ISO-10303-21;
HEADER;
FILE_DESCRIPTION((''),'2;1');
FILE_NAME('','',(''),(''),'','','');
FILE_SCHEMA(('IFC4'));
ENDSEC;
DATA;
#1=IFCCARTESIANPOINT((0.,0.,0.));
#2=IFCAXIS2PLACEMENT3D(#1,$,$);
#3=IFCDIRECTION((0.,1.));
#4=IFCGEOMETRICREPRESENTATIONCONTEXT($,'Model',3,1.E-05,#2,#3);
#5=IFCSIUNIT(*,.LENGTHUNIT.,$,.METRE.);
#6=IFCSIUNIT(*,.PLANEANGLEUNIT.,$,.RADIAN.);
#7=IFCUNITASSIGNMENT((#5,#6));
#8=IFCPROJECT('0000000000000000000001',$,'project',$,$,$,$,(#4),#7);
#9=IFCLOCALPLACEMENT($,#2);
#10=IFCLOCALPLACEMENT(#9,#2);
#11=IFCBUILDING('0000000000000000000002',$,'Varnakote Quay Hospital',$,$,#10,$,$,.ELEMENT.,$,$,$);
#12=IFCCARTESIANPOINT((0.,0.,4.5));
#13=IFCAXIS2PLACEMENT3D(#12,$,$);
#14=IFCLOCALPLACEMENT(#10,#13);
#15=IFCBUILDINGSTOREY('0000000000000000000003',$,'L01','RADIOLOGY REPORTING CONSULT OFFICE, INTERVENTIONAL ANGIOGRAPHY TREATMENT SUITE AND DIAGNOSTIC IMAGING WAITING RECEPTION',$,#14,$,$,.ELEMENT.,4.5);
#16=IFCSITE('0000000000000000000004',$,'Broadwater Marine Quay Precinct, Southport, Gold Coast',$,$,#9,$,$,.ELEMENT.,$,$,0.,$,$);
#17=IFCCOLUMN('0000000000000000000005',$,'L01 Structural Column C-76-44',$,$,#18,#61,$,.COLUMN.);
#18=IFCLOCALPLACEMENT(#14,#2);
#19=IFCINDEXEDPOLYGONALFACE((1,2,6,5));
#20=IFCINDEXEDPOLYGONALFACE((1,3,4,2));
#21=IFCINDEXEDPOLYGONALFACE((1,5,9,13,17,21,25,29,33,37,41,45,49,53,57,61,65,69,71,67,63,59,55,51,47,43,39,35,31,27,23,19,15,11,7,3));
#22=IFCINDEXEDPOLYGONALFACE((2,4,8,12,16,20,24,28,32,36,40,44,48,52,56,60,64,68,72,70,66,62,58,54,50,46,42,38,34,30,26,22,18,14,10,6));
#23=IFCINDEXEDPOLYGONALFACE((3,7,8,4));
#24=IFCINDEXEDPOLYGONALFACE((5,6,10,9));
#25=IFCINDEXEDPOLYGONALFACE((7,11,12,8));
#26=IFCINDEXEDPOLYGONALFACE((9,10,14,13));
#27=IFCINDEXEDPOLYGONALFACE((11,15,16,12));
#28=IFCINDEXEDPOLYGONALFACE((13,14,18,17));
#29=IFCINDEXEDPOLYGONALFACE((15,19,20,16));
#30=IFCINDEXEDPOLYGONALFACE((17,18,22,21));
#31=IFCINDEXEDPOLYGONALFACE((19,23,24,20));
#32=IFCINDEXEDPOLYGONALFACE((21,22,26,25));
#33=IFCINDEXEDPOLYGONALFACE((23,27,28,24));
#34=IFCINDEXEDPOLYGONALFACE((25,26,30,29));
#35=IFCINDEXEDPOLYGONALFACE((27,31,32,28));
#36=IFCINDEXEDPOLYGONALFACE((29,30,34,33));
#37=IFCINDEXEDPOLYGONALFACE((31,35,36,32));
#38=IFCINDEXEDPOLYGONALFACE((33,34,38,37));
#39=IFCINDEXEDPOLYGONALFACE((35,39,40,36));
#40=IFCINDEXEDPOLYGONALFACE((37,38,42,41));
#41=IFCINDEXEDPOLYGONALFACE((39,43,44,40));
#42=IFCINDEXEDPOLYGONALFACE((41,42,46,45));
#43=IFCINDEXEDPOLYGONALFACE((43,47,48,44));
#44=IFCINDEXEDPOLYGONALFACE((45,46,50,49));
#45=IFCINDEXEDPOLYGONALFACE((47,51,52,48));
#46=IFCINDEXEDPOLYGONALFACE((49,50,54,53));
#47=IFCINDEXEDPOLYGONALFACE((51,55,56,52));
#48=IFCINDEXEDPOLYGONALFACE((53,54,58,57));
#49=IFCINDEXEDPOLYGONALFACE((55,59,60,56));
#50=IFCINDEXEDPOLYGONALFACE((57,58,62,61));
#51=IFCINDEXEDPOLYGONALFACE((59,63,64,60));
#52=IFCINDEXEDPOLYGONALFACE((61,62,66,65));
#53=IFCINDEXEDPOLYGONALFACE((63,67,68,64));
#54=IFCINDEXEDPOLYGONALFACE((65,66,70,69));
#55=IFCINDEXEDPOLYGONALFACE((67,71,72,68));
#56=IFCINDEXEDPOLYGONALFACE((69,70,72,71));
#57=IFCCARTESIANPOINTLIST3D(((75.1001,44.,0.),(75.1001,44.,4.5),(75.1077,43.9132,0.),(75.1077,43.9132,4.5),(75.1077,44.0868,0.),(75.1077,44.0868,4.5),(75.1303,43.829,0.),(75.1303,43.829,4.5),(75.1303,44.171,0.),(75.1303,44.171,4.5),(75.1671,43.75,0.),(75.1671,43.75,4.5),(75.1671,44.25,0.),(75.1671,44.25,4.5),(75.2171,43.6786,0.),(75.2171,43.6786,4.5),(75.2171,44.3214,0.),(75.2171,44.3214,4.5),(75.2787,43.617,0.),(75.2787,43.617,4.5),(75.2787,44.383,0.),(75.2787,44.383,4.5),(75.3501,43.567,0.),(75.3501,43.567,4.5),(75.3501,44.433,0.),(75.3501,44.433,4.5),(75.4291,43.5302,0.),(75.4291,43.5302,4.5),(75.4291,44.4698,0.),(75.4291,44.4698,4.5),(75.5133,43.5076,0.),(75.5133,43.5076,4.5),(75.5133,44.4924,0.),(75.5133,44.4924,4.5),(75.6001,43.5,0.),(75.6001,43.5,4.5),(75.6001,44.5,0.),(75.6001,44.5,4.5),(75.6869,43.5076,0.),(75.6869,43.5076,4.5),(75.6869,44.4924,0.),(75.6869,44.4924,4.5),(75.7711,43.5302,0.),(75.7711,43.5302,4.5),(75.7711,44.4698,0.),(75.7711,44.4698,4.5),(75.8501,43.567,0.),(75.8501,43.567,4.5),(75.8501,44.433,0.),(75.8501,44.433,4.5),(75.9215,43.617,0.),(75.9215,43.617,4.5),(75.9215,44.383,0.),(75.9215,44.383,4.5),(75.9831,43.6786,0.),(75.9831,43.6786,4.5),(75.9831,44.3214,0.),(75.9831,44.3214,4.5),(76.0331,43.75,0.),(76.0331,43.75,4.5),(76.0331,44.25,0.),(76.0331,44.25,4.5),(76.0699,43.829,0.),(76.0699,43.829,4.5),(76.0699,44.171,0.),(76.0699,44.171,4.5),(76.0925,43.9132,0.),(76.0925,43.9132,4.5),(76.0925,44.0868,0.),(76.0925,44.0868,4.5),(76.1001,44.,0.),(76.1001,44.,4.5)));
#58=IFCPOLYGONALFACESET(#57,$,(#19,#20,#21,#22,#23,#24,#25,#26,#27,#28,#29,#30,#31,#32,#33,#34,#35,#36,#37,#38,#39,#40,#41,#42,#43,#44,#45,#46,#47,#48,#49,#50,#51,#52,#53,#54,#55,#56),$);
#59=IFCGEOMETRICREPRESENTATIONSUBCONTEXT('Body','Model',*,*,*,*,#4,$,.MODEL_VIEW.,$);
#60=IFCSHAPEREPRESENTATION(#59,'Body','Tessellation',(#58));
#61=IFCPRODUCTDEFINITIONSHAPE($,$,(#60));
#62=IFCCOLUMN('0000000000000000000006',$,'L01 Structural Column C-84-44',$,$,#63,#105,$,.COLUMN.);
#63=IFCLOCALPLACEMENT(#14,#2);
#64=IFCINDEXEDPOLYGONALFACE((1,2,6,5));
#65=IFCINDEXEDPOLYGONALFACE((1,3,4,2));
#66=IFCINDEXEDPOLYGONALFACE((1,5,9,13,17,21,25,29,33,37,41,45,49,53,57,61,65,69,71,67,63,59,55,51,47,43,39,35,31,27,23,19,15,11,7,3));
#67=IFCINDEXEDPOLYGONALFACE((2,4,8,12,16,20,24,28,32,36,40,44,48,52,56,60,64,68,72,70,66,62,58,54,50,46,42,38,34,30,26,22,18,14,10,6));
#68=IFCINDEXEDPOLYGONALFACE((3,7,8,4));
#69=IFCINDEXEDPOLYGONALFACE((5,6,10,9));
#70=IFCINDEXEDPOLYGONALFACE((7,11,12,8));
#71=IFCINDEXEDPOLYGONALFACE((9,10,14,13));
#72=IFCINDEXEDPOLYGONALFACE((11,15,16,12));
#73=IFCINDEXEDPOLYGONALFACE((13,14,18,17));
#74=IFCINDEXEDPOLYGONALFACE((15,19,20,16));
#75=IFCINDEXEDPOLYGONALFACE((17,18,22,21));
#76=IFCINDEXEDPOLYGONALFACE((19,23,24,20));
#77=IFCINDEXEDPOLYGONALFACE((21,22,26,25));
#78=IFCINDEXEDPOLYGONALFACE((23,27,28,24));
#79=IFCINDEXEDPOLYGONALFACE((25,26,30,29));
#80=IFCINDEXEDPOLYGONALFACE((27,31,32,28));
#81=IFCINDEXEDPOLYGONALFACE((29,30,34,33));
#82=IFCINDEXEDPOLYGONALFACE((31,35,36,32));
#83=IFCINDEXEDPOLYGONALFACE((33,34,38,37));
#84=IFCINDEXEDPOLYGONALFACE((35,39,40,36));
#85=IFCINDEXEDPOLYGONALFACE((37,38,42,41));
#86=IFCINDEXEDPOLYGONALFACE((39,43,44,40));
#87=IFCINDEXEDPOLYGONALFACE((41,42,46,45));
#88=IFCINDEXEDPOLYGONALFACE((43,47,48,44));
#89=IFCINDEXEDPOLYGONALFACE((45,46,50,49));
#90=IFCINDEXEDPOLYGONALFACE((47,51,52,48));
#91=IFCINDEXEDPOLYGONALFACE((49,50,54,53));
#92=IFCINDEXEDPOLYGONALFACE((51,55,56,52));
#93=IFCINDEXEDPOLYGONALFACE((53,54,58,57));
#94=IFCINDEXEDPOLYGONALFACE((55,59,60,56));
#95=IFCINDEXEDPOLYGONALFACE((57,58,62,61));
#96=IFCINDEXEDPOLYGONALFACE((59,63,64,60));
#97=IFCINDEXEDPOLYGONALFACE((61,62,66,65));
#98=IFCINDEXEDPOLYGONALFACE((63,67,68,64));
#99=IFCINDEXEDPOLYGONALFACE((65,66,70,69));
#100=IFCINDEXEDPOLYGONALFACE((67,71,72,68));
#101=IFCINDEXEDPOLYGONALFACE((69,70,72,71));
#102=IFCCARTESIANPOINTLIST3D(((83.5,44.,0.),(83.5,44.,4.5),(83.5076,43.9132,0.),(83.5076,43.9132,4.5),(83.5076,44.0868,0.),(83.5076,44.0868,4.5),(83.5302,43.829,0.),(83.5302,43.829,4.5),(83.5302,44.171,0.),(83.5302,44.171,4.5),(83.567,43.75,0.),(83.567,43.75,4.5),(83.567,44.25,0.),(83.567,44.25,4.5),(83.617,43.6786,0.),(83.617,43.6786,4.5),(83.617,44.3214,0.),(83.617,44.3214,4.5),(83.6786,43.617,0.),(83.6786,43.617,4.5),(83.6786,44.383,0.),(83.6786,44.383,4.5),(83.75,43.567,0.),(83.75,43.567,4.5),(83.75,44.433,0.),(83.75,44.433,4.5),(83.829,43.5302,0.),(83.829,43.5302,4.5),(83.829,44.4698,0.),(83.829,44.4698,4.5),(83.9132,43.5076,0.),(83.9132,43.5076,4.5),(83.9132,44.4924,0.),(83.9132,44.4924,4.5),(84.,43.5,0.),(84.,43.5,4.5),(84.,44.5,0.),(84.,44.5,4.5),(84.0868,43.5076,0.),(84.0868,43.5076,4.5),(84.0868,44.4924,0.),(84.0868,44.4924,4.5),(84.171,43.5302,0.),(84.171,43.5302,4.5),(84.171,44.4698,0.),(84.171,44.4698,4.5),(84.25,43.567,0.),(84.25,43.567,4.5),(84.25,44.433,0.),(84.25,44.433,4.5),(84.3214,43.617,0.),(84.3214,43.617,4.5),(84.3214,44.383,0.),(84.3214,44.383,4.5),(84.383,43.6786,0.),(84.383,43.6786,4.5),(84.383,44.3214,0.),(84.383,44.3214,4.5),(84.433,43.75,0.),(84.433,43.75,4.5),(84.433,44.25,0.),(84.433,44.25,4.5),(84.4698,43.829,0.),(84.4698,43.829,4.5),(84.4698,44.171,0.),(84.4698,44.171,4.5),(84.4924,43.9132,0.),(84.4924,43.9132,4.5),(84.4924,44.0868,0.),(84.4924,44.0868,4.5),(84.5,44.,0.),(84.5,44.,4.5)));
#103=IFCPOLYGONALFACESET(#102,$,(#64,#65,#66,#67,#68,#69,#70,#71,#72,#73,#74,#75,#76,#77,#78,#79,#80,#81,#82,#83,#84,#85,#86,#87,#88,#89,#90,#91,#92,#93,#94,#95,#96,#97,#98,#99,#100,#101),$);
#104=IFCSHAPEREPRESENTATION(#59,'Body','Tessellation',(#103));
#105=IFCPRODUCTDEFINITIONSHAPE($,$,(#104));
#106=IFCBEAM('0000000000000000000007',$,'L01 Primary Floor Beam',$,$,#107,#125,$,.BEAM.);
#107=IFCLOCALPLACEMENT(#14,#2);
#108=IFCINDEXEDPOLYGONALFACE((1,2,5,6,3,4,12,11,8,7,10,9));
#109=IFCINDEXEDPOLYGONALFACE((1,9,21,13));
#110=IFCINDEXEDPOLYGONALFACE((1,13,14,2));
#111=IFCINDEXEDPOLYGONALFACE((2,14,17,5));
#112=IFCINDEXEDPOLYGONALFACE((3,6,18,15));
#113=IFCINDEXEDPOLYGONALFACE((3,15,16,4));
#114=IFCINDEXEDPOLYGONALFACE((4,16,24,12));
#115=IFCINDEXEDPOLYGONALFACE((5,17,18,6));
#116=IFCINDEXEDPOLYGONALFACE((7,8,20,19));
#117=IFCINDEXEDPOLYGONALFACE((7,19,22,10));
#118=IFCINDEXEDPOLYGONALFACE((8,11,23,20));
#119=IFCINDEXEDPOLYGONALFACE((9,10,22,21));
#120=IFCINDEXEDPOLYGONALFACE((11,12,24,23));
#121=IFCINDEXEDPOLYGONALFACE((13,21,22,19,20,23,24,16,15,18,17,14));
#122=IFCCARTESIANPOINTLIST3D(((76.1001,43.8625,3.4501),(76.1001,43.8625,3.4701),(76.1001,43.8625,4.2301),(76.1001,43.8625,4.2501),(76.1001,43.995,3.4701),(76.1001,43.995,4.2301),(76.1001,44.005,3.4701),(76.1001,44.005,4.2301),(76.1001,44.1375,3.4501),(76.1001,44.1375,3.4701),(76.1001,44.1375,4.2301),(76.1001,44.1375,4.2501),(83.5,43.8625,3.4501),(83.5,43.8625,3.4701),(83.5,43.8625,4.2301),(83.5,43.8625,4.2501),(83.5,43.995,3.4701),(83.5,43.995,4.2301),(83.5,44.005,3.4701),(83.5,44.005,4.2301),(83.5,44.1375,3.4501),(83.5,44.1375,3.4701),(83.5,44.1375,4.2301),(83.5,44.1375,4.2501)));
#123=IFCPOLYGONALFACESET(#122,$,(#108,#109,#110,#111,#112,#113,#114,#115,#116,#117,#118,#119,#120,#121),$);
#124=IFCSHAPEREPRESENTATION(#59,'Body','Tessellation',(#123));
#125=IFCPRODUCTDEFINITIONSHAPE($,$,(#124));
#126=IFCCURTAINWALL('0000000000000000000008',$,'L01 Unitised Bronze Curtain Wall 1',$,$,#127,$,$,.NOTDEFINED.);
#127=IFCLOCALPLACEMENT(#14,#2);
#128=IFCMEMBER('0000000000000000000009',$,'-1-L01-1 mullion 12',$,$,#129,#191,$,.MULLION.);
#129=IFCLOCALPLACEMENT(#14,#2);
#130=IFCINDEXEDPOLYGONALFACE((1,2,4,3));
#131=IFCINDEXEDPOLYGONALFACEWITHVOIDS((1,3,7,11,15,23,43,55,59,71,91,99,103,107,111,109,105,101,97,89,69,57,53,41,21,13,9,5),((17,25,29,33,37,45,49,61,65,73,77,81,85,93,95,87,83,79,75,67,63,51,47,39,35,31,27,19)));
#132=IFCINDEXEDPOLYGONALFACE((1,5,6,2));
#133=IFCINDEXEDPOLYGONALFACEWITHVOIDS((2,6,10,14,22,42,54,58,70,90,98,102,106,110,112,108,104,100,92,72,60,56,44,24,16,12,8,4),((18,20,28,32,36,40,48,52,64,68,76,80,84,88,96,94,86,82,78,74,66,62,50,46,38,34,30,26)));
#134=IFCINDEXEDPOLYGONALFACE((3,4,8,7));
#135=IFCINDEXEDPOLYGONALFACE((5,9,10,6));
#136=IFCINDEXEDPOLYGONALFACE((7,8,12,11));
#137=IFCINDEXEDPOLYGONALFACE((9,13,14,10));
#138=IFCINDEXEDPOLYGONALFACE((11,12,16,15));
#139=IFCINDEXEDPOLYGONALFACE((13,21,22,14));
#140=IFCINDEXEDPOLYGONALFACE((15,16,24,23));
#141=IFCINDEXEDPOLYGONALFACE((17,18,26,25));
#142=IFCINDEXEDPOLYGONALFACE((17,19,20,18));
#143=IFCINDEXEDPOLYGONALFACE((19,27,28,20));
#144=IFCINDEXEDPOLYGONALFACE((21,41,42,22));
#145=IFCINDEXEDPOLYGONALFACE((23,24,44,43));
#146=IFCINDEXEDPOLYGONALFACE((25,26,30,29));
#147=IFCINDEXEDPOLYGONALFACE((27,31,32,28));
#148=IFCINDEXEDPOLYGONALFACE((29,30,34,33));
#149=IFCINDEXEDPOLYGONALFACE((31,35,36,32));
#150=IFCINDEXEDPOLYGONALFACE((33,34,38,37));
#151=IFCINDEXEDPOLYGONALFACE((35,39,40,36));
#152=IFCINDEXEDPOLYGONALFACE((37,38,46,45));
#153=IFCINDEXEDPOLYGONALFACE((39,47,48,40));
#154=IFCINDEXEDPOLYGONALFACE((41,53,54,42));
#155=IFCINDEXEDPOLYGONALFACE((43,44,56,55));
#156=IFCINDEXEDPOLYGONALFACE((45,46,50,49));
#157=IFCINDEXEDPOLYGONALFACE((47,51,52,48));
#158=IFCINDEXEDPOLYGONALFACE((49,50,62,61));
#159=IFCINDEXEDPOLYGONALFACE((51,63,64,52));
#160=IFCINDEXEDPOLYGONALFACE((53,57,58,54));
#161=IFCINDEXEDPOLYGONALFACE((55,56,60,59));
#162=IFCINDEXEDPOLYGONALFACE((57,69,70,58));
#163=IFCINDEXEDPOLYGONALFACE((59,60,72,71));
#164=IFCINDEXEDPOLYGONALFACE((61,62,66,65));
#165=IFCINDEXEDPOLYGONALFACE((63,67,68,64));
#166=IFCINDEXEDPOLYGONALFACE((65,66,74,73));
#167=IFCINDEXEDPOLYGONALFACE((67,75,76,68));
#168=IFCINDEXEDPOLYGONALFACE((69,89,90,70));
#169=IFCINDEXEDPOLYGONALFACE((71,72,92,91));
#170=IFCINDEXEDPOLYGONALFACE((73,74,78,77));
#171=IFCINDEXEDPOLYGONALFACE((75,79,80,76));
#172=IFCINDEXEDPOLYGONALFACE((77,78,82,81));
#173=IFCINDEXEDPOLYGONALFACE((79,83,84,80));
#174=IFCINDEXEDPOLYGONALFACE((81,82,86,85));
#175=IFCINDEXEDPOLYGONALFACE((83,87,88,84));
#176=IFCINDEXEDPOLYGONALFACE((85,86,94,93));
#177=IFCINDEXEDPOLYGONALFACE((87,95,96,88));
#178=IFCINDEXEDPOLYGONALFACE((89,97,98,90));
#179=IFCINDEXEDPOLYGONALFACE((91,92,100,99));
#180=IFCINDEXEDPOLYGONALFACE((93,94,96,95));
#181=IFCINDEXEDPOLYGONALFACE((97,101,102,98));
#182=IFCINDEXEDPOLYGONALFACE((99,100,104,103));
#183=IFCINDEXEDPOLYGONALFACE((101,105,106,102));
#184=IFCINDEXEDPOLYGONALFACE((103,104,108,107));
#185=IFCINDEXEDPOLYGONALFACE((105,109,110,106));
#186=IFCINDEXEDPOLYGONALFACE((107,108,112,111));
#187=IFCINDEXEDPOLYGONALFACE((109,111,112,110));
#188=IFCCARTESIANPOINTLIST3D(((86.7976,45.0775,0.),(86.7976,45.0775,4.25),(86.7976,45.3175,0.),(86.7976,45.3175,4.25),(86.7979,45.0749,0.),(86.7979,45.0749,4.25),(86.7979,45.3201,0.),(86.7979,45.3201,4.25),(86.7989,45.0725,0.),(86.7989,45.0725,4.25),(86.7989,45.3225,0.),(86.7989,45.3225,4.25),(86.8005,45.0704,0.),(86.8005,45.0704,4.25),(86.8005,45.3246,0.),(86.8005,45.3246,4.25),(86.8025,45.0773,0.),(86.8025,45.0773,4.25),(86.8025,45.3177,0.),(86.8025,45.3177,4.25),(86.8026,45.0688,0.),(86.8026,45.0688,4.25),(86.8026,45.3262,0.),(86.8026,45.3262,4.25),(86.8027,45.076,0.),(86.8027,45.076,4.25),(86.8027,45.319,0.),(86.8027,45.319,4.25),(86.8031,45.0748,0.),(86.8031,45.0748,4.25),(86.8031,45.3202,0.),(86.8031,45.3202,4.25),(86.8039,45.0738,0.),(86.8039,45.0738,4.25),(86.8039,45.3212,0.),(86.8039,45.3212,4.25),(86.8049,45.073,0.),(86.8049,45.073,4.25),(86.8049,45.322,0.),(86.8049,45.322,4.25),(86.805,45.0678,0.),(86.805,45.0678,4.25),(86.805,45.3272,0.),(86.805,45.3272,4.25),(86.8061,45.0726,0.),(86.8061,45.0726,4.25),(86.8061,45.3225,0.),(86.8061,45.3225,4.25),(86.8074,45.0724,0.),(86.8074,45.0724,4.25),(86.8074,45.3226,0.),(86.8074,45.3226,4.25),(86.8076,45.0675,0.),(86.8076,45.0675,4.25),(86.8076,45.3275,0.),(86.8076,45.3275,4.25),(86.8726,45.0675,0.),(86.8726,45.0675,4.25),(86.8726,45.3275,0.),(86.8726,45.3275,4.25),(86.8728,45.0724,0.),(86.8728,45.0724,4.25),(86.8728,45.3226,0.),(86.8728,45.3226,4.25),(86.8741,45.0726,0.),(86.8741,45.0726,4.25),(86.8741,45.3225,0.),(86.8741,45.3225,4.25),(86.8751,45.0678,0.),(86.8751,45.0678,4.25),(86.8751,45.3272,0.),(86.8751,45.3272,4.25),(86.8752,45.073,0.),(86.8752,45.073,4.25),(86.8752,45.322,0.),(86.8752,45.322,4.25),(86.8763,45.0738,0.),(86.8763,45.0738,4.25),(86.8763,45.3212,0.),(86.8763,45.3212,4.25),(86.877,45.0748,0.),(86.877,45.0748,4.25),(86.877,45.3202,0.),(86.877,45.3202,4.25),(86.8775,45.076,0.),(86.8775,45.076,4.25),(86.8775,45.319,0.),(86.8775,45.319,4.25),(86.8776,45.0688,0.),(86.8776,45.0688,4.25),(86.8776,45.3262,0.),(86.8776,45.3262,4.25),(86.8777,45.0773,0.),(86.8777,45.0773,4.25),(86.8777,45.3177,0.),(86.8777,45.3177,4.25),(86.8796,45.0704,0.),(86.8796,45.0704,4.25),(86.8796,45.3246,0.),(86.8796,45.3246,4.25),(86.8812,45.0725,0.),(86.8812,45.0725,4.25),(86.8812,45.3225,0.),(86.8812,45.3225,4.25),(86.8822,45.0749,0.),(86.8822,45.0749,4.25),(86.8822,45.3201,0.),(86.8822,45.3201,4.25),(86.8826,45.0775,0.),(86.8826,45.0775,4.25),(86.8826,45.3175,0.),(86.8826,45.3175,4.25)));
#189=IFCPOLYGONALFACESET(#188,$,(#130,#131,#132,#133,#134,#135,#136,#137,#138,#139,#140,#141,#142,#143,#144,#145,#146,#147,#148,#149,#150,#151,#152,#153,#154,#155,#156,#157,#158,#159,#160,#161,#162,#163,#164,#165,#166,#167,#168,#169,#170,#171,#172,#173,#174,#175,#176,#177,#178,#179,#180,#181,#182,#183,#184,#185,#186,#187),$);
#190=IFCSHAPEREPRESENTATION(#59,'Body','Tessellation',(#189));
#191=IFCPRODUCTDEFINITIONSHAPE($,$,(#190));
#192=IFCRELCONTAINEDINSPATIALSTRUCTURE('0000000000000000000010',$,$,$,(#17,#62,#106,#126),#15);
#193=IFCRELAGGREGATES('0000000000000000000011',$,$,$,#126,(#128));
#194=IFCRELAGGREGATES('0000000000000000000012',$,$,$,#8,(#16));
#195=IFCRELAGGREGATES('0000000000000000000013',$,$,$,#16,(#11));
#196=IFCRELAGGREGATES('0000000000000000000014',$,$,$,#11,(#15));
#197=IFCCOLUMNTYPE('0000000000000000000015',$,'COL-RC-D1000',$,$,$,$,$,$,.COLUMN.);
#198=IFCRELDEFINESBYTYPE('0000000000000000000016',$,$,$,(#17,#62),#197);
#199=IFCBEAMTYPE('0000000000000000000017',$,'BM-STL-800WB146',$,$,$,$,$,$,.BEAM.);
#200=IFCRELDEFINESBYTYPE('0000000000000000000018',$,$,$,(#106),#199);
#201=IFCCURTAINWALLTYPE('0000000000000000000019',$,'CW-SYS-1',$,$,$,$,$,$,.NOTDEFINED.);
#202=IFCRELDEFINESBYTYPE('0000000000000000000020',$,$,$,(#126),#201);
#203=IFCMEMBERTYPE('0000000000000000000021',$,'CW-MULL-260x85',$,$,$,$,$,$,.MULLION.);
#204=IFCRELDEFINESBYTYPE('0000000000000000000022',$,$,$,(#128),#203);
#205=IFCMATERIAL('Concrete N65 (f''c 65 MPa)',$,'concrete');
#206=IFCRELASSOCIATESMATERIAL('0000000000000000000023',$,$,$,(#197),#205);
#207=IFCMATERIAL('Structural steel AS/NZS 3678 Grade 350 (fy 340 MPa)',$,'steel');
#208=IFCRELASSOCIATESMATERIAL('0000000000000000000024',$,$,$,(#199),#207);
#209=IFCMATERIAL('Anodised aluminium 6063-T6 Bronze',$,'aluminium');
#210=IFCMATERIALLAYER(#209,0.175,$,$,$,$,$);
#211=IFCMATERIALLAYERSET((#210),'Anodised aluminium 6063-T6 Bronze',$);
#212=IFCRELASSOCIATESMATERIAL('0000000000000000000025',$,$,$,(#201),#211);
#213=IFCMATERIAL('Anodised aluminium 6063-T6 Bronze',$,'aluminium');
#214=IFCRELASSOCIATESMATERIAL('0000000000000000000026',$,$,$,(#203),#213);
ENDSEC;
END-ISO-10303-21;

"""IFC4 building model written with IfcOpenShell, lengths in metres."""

from ifc_helpers import new_model, si_unit, direction, frame, origin, origin_2d, place, context, subcontext, project, spatial, hollow_rectangle, circle, i_section, extrude, material, layer, layer_set, material_profile, profile_set, type_object, element, aggregate, save


model = new_model("IFC4")

# Units and contexts
model_context = context("Model", 3, precision=1e-05, world=origin(), true_north=direction((0.0, 1.0)))
body_context = subcontext(model_context, "Body", "Model", "MODEL_VIEW")
ifc_project = project(units=[si_unit("LENGTHUNIT", "METRE"), si_unit("PLANEANGLEUNIT", "RADIAN")], contexts=[model_context])

# Site, building, storey
site_placement = place(None, origin())
site = spatial("IfcSite", under=ifc_project, at=site_placement, Name="Broadwater Marine Quay Precinct, Southport, Gold Coast", CompositionType="ELEMENT", RefElevation=0.0)
building_placement = place(site_placement, origin())
building = spatial("IfcBuilding", under=site, at=building_placement, Name="Varnakote Quay Hospital", CompositionType="ELEMENT")
storey_placement = place(building_placement, frame((0.0, 0.0, 4.5)))
storey = spatial("IfcBuildingStorey", under=building, at=storey_placement, Name="L01", Description="RADIOLOGY REPORTING CONSULT OFFICE, INTERVENTIONAL ANGIOGRAPHY TREATMENT SUITE AND DIAGNOSTIC IMAGING WAITING RECEPTION", CompositionType="ELEMENT", Elevation=4.5)

# Columns
ifc_material_1 = material(Name="Concrete N65 (f'c 65 MPa)", Category="concrete")
ifc_material_profile_1 = material_profile(ifc_material_1, circle(Radius=0.5, at=origin_2d()), Name="RC-COL-D1000")
ifc_profile_set_1 = profile_set([ifc_material_profile_1], Name="Concrete N65 (f'c 65 MPa)")
column_type = type_object("IfcColumnType", Name="COL-RC-D1000", PredefinedType="COLUMN", material=ifc_profile_set_1)
for number, where, z_axis, x_axis, name in (
    (1, (75.6001, 44.0, 0.0), (0.0, 0.0, 1.0), (1.0, 0.0, 0.0), "L01 Structural Column C-76-44"),
    (2, (84.0, 44.0, 0.0), (0.0, 0.0, 1.0), (1.0, 0.0, 0.0), "L01 Structural Column C-84-44"),
):
    element("IfcColumn", number, at=place(storey_placement, frame(where, z_axis=z_axis, x_axis=x_axis)), inside=storey, type_object=column_type, Name=name, PredefinedType="COLUMN", context=body_context, shape_type="SweptSolid", body=[
        extrude(circle(Radius=0.5, at=origin_2d()), origin(), (0.0, 0.0, 1.0), 4.5),
    ])

# Beam
ifc_material_2 = material(Name="Structural steel AS/NZS 3678 Grade 350 (fy 340 MPa)", Category="steel")
ifc_material_profile_2 = material_profile(ifc_material_2, i_section(OverallWidth=0.2749, OverallDepth=0.8, WebThickness=0.01, FlangeThickness=0.02, at=origin_2d()), Name="800WB146")
ifc_profile_set_2 = profile_set([ifc_material_profile_2], Name="Structural steel AS/NZS 3678 Grade 350 (fy 340 MPa)")
beam_type = type_object("IfcBeamType", Name="BM-STL-800WB146", PredefinedType="BEAM", material=ifc_profile_set_2)
beam_placement = place(storey_placement, frame((76.1001, 44.0, 3.8501), z_axis=(1.0, 0.0, 0.0), x_axis=(0.0, 1.0, 0.0)))
element("IfcBeam", 3, at=beam_placement, inside=storey, type_object=beam_type, Name="L01 Primary Floor Beam", PredefinedType="BEAM", context=body_context, shape_type="SweptSolid", body=[
    extrude(i_section(OverallWidth=0.2749, OverallDepth=0.8, WebThickness=0.01, FlangeThickness=0.02, at=origin_2d()), origin(), (0.0, 0.0, 1.0), 7.3999),
])

# Curtain wall, member
ifc_material_3 = material(Name="Anodised aluminium 6063-T6 Bronze", Category="aluminium")
ifc_layer_1 = layer(ifc_material_3, 0.175)
ifc_layer_set_1 = layer_set([ifc_layer_1], Name="Anodised aluminium 6063-T6 Bronze")
curtain_wall_type = type_object("IfcCurtainWallType", Name="CW-SYS-1", PredefinedType="NOTDEFINED", material=ifc_layer_set_1)
curtain_wall_1_placement = place(storey_placement, origin())
curtain_wall_1 = element("IfcCurtainWall", 4, at=curtain_wall_1_placement, inside=storey, type_object=curtain_wall_type, Name="L01 Unitised Bronze Curtain Wall 1", PredefinedType="NOTDEFINED")
ifc_material_4 = material(Name="Anodised aluminium 6063-T6 Bronze", Category="aluminium")
ifc_material_profile_3 = material_profile(ifc_material_4, hollow_rectangle(XDim=0.085, YDim=0.26, WallThickness=0.0049, InnerFilletRadius=0.0049, OuterFilletRadius=0.01, at=origin_2d()), Name="CW-MULL-260x85")
ifc_profile_set_3 = profile_set([ifc_material_profile_3], Name="Anodised aluminium 6063-T6 Bronze")
member_type_1 = type_object("IfcMemberType", Name="CW-MULL-260x85", PredefinedType="MULLION", material=ifc_profile_set_3)
member_1_placement = place(storey_placement, frame((86.8401, 45.1975, 0.0), z_axis=(0.0, 0.0, 1.0), x_axis=(-1.0, 0.0, 0.0)))
member_1 = element("IfcMember", 5, at=member_1_placement, type_object=member_type_1, Name="-1-L01-1 mullion 12", PredefinedType="MULLION", context=body_context, shape_type="SweptSolid", body=[
    extrude(hollow_rectangle(XDim=0.085, YDim=0.26, WallThickness=0.0049, InnerFilletRadius=0.0049, OuterFilletRadius=0.01, at=origin_2d()), origin(), (0.0, 0.0, 1.0), 4.25),
])

aggregate(curtain_wall_1, [member_1])

save(model, "model.ifc")
